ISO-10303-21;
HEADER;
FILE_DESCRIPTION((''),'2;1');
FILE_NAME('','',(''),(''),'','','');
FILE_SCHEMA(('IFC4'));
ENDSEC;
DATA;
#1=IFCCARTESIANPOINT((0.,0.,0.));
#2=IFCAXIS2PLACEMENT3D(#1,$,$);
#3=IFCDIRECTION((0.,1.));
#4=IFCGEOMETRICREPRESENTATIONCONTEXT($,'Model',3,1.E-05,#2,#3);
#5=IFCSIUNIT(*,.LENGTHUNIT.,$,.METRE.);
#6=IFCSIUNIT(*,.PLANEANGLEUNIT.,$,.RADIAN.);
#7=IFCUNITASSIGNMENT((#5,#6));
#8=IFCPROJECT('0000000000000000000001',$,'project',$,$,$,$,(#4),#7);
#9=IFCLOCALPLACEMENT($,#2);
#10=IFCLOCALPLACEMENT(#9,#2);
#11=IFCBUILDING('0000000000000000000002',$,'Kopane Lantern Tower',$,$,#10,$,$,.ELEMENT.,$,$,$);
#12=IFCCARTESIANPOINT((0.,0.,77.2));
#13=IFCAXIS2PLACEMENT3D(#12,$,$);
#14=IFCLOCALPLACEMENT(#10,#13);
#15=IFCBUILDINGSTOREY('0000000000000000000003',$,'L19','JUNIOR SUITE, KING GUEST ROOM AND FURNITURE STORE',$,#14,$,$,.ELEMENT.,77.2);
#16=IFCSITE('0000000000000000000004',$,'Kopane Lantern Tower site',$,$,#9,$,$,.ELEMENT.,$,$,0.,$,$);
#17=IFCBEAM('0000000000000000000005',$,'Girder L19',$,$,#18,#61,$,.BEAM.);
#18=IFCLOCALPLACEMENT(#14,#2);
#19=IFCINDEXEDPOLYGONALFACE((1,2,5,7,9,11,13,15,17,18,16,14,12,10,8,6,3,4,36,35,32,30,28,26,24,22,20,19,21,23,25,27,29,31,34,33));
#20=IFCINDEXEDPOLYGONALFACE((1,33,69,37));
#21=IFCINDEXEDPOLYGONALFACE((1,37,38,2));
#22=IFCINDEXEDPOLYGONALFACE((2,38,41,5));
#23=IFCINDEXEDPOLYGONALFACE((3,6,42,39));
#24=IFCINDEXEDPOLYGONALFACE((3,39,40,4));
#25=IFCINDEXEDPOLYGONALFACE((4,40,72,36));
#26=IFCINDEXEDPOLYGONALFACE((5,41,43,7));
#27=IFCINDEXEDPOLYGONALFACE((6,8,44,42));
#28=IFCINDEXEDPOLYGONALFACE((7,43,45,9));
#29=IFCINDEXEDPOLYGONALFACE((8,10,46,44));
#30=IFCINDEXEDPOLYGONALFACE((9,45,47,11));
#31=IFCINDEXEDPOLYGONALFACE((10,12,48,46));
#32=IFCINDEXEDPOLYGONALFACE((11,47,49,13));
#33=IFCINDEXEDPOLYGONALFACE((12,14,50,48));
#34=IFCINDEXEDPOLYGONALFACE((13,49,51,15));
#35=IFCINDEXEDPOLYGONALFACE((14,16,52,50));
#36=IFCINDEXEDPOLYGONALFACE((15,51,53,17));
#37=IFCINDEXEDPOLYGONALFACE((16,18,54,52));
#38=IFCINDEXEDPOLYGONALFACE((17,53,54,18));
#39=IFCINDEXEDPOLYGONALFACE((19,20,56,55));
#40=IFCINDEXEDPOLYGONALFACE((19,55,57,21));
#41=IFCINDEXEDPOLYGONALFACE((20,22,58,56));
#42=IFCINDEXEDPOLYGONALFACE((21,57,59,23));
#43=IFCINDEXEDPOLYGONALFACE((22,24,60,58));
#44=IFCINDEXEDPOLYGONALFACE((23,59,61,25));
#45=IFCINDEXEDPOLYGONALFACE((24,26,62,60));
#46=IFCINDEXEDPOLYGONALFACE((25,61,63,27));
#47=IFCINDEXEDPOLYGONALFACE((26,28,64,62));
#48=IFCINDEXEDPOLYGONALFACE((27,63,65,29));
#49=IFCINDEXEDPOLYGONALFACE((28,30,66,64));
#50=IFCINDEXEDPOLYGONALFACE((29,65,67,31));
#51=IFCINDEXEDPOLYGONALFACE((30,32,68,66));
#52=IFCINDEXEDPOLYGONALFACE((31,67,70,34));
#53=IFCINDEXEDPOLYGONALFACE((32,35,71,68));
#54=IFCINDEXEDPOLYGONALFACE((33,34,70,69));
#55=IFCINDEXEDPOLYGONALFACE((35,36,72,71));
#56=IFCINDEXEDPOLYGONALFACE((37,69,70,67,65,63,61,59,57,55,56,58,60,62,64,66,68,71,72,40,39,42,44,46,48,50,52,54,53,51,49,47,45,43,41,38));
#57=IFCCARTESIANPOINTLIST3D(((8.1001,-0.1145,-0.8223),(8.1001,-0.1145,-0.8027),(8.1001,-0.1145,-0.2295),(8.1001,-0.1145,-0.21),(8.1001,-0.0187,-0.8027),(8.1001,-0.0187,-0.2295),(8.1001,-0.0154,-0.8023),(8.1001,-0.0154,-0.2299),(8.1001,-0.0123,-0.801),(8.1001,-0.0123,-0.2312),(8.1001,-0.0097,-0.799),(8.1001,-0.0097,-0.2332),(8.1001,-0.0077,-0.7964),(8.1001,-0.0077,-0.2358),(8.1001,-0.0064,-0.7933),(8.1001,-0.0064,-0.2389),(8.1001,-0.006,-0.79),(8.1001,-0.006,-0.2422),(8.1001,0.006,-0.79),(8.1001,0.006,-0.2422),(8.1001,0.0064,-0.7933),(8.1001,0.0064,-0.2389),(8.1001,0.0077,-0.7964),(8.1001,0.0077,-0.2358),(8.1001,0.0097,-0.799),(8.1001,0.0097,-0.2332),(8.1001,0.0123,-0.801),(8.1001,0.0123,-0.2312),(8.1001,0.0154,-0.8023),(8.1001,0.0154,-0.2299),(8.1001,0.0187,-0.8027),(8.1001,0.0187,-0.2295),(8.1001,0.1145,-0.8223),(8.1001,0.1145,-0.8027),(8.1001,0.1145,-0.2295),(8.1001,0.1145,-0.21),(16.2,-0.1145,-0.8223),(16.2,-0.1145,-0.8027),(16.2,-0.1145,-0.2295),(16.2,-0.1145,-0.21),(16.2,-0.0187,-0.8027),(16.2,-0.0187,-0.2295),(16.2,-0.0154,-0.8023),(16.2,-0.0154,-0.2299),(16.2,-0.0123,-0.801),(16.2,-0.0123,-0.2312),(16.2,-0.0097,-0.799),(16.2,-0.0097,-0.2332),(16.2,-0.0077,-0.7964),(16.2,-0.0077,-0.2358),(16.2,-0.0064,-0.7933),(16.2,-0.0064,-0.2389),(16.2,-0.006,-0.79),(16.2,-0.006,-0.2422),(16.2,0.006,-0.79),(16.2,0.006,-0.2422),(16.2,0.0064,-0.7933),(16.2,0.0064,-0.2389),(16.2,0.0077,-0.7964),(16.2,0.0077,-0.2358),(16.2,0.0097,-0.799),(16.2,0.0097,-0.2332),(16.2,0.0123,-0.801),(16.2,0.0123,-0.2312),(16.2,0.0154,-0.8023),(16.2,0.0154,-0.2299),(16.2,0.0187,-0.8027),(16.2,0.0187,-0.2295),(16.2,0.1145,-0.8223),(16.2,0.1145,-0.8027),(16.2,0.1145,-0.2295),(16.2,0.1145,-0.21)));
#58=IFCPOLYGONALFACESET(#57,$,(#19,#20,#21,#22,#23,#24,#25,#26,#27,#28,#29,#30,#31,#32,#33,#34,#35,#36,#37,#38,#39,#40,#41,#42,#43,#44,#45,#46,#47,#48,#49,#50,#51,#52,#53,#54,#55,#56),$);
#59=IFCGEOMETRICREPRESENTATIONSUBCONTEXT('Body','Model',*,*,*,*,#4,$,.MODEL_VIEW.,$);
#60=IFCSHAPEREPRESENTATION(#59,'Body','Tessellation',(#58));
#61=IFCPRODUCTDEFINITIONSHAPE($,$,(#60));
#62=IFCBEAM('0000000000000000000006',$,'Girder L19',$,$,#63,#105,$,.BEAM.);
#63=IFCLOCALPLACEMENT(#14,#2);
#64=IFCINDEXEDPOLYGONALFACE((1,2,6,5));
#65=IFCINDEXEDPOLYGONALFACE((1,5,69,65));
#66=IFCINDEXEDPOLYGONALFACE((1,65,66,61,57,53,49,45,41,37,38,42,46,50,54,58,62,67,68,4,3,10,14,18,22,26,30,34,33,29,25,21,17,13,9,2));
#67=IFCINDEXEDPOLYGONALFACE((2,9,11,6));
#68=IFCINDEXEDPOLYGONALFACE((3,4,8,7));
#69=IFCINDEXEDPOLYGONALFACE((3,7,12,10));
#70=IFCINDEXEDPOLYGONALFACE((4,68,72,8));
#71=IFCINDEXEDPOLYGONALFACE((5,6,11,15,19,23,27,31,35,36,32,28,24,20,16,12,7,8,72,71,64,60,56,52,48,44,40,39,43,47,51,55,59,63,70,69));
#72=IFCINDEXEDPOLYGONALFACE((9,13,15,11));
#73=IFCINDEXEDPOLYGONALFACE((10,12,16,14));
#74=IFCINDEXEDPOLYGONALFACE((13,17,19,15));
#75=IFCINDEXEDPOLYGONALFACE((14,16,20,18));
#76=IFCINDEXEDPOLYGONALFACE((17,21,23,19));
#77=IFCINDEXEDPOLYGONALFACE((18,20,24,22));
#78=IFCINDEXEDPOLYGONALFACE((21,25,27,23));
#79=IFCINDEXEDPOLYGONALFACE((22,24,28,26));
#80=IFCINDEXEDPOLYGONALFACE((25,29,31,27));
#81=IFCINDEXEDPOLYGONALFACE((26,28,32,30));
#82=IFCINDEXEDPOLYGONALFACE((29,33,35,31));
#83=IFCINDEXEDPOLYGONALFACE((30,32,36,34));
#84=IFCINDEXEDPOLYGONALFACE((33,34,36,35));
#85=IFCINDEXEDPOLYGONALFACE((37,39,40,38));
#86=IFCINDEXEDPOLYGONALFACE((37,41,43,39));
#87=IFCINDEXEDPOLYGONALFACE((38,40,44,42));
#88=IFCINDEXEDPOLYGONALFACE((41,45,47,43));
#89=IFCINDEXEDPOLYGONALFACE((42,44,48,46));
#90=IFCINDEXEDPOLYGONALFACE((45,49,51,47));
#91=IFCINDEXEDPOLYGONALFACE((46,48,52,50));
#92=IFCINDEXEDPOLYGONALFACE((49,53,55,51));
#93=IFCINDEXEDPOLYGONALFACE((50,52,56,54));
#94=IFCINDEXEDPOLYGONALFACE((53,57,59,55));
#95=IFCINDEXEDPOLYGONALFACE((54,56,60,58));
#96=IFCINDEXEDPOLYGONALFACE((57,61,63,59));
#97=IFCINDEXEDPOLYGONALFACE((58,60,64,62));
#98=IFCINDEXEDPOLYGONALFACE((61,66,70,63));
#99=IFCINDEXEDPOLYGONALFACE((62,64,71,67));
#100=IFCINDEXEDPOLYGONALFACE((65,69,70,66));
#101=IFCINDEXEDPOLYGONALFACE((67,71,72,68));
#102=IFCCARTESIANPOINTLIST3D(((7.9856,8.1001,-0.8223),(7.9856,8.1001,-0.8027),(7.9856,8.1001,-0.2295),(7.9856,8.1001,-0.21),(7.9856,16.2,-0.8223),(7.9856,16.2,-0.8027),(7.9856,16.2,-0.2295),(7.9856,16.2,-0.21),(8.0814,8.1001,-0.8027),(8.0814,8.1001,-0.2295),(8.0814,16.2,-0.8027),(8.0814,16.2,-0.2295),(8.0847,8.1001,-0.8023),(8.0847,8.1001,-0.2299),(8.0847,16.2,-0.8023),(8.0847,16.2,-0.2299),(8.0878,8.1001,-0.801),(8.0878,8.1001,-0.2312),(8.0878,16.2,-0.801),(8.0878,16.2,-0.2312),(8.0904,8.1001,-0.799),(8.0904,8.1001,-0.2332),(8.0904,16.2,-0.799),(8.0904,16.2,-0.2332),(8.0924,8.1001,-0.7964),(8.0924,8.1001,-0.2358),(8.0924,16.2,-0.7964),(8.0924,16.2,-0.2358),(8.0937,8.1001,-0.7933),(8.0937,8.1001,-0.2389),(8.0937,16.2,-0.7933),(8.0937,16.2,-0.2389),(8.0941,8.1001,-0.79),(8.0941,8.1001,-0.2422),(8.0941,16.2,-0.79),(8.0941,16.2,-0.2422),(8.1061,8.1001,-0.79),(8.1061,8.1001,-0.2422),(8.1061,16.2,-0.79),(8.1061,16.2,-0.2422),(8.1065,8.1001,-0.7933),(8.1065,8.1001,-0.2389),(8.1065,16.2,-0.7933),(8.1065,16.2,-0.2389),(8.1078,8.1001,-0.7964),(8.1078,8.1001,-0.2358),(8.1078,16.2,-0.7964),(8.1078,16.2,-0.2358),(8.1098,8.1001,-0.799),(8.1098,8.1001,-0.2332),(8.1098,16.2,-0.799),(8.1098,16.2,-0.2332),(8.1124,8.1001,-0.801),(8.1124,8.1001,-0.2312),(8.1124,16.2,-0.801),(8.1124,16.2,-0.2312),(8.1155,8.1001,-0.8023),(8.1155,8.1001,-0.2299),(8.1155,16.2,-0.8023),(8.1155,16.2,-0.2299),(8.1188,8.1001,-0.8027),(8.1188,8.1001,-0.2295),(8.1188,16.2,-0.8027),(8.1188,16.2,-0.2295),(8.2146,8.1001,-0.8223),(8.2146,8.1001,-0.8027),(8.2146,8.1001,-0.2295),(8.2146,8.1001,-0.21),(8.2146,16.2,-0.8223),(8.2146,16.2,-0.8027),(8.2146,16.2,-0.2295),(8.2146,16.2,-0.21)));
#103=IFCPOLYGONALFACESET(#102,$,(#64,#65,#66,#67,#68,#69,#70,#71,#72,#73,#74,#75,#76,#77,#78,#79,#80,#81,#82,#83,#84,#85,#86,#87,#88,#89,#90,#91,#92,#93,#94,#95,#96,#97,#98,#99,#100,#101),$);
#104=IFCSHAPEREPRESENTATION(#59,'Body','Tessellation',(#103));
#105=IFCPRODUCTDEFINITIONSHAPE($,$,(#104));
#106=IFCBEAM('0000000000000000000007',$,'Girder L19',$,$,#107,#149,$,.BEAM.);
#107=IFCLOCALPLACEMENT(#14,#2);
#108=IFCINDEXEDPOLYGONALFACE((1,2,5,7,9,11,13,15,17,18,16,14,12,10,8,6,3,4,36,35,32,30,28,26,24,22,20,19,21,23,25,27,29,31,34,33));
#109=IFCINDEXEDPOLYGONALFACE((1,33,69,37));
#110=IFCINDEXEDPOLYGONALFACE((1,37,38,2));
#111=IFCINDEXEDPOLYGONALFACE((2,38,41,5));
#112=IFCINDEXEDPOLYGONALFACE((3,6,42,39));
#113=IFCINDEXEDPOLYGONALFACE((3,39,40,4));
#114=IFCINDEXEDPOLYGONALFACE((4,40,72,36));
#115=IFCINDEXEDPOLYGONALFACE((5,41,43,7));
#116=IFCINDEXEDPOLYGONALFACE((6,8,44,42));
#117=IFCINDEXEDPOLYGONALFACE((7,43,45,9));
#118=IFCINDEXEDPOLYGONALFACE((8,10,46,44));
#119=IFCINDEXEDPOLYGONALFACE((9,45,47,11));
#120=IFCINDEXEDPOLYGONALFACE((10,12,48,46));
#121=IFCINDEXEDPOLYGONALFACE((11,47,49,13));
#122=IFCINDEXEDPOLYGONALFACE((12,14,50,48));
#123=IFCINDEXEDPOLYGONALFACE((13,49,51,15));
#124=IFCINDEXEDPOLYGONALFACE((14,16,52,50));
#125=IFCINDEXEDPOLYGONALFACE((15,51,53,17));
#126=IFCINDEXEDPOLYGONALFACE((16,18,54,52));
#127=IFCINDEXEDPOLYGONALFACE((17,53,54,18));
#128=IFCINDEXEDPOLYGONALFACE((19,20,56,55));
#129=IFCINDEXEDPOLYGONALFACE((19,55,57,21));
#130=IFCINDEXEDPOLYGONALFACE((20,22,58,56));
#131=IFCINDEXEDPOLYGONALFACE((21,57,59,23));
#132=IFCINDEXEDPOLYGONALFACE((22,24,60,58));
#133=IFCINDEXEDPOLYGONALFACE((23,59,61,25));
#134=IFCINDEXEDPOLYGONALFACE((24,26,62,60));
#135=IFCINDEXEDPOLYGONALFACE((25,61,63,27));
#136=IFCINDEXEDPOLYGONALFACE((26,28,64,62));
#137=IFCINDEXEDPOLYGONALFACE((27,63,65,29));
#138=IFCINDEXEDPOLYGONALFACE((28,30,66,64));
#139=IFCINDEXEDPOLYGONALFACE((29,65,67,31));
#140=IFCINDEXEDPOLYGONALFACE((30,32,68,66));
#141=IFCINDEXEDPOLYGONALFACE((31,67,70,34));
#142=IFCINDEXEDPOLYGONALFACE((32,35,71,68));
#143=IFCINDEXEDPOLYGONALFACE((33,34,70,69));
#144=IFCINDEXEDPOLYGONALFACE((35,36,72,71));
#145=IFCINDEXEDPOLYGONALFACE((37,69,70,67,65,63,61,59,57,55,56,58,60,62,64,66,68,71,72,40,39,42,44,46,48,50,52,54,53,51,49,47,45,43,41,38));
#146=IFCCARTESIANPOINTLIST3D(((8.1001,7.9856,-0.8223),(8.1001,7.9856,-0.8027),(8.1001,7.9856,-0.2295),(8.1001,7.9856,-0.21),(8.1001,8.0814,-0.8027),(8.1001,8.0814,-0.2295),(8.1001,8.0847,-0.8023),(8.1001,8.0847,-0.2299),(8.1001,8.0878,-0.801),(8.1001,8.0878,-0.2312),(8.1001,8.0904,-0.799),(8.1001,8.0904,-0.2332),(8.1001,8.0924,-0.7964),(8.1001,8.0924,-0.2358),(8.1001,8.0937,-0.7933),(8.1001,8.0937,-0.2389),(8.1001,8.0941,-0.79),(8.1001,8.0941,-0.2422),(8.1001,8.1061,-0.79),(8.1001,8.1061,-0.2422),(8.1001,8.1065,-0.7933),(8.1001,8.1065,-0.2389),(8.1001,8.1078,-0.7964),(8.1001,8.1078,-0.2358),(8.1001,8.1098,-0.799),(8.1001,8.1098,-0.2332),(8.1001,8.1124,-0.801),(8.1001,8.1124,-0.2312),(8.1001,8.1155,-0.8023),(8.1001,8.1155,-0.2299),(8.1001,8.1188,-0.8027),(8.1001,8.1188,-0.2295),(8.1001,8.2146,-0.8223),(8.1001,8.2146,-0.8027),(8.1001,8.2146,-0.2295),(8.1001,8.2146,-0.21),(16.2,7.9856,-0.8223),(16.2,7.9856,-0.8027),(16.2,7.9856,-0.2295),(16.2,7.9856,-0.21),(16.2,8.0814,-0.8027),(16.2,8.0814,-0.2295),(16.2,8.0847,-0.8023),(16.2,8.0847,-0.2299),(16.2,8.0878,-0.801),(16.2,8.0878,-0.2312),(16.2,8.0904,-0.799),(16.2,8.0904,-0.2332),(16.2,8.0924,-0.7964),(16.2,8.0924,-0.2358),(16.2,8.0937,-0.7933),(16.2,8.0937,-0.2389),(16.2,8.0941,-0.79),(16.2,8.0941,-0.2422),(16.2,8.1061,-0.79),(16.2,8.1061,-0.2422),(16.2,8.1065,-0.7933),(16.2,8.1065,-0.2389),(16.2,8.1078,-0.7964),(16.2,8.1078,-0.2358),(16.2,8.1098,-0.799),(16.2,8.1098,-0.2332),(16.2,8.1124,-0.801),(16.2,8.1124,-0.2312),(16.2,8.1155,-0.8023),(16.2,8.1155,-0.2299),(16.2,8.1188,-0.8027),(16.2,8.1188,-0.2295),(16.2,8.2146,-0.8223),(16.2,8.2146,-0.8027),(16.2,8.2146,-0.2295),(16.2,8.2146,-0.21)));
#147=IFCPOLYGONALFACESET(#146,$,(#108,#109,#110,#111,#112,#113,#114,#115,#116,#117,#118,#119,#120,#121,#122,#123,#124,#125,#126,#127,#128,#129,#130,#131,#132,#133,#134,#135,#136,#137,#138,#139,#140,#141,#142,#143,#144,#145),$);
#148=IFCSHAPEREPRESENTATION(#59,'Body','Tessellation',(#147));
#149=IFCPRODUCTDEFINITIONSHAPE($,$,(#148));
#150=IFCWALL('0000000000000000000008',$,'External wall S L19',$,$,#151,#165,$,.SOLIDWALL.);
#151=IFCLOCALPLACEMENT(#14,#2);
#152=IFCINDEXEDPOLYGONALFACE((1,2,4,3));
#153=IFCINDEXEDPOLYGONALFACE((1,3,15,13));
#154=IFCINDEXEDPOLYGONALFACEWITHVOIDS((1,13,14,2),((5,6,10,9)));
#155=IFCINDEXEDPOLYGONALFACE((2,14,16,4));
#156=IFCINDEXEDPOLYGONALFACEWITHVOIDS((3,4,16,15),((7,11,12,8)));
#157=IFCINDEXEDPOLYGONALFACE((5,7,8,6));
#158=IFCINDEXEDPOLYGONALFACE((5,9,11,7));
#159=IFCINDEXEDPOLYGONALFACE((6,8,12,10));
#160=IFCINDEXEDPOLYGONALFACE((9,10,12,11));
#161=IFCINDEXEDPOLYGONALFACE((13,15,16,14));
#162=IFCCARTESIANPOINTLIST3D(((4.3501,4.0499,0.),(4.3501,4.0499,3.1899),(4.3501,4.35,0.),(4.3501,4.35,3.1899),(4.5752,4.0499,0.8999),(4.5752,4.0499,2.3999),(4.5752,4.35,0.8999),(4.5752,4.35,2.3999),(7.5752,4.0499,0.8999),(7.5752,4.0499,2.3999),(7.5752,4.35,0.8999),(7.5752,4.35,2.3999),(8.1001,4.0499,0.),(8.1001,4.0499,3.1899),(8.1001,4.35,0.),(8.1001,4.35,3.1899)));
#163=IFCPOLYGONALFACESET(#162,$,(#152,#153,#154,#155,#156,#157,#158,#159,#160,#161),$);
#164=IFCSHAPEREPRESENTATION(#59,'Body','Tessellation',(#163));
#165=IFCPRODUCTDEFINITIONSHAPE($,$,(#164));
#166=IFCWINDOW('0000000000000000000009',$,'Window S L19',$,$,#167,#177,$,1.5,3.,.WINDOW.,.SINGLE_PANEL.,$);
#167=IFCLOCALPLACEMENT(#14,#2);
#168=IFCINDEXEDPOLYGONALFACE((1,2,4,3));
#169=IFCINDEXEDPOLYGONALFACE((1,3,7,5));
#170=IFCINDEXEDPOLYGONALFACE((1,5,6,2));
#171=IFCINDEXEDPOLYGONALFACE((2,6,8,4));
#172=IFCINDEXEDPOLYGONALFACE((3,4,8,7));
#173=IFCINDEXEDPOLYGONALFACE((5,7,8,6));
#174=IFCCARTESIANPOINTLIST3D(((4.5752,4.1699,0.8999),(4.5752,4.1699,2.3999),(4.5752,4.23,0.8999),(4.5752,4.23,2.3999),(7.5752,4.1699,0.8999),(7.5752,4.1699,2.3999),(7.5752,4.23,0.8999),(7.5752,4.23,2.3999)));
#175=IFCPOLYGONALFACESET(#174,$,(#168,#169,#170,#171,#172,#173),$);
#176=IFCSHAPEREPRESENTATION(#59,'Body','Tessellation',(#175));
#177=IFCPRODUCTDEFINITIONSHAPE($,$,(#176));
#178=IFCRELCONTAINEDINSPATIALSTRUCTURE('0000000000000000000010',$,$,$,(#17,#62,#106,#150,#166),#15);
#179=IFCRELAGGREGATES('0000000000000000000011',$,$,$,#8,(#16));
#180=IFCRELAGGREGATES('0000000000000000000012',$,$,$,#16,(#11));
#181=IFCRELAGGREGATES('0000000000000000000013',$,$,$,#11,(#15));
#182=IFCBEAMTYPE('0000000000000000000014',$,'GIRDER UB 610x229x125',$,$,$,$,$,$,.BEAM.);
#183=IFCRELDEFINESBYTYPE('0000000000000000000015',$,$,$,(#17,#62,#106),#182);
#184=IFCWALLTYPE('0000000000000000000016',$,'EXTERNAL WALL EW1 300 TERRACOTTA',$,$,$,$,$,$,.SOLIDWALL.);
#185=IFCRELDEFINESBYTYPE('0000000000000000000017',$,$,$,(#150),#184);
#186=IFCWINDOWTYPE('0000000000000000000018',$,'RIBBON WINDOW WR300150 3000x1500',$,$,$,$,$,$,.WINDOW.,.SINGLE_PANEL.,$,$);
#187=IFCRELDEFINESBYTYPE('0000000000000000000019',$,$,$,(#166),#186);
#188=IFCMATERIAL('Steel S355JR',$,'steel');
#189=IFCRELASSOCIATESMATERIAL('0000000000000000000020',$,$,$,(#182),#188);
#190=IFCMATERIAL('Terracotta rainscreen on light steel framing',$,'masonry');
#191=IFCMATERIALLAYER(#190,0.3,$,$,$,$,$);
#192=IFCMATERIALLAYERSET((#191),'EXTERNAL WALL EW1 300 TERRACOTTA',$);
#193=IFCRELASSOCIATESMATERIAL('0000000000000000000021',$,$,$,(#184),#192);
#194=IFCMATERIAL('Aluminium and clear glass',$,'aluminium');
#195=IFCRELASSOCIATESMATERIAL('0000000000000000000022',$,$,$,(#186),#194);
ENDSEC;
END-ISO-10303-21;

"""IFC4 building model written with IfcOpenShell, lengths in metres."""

from ifc_helpers import new_model, si_unit, direction, frame, frame_2d, origin, origin_2d, place, context, subcontext, project, spatial, rectangle, i_section, extrude, material, layer, layer_set, material_profile, profile_set, type_object, element, fill, save


model = new_model("IFC4")

# Units and contexts
model_context = context("Model", 3, precision=1e-05, world=origin(), true_north=direction((0.0, 1.0)))
body_context = subcontext(model_context, "Body", "Model", "MODEL_VIEW")
ifc_project = project(units=[si_unit("LENGTHUNIT", "METRE"), si_unit("PLANEANGLEUNIT", "RADIAN")], contexts=[model_context])

# Site, building, storey
site_placement = place(None, origin())
site = spatial("IfcSite", under=ifc_project, at=site_placement, Name="Kopane Lantern Tower site", CompositionType="ELEMENT", RefElevation=0.0)
building_placement = place(site_placement, origin())
building = spatial("IfcBuilding", under=site, at=building_placement, Name="Kopane Lantern Tower", CompositionType="ELEMENT")
storey_placement = place(building_placement, frame((0.0, 0.0, 77.2)))
storey = spatial("IfcBuildingStorey", under=building, at=storey_placement, Name="L19", Description="JUNIOR SUITE, KING GUEST ROOM AND FURNITURE STORE", CompositionType="ELEMENT", Elevation=77.2)

# Beams
ifc_material_1 = material(Name="Steel S355JR", Category="steel")
ifc_material_profile_1 = material_profile(ifc_material_1, i_section(OverallWidth=0.229, OverallDepth=0.6123, WebThickness=0.012, FlangeThickness=0.0195, FilletRadius=0.0127, at=origin_2d()), Name="UB 610x229x125")
ifc_profile_set_1 = profile_set([ifc_material_profile_1], Name="Steel S355JR")
beam_type_1 = type_object("IfcBeamType", Name="GIRDER UB 610x229x125", PredefinedType="BEAM", material=ifc_profile_set_1)
for number, where, z_axis, x_axis, name in (
    (1, (8.1001, 0.0, -0.5161), (1.0, 0.0, 0.0), (0.0, 1.0, 0.0), "Girder L19"),
    (2, (8.1001, 8.1001, -0.5161), (0.0, 1.0, 0.0), (-1.0, 0.0, 0.0), "Girder L19"),
    (3, (8.1001, 8.1001, -0.5161), (1.0, 0.0, 0.0), (0.0, 1.0, 0.0), "Girder L19"),
):
    element("IfcBeam", number, at=place(storey_placement, frame(where, z_axis=z_axis, x_axis=x_axis)), inside=storey, type_object=beam_type_1, Name=name, PredefinedType="BEAM", context=body_context, shape_type="SweptSolid", body=[
        extrude(i_section(OverallWidth=0.229, OverallDepth=0.6123, WebThickness=0.012, FlangeThickness=0.0195, FilletRadius=0.0127, at=origin_2d()), origin(), (0.0, 0.0, 1.0), 8.0999),
    ])

# Shared definitions
ifc_material_2 = material(Name="Terracotta rainscreen on light steel framing", Category="masonry")
ifc_layer = layer(ifc_material_2, 0.3)
ifc_layer_set = layer_set([ifc_layer], Name="EXTERNAL WALL EW1 300 TERRACOTTA")
wall_type = type_object("IfcWallType", Name="EXTERNAL WALL EW1 300 TERRACOTTA", PredefinedType="SOLIDWALL", material=ifc_layer_set)
ifc_material_3 = material(Name="Aluminium and clear glass", Category="aluminium")
window_type = type_object("IfcWindowType", Name="RIBBON WINDOW WR300150 3000x1500", PartitioningType="SINGLE_PANEL", PredefinedType="WINDOW", material=ifc_material_3)

# Wall, opening, window
wall_1_placement = place(storey_placement, frame((4.3501, 4.2, 0.0), z_axis=(0.0, 0.0, 1.0), x_axis=(1.0, 0.0, 0.0)))
wall_1 = element("IfcWall", 4, at=wall_1_placement, inside=storey, type_object=wall_type, Name="External wall S L19", PredefinedType="SOLIDWALL", context=body_context, shape_type="SweptSolid", body=[
    extrude(rectangle(XDim=3.75, YDim=0.3, at=frame_2d((1.875, 0.0))), origin(), (0.0, 0.0, 1.0), 3.1899),
])
opening_1_placement = place(wall_1_placement, frame((0.2251, 0.0, 0.8999)))
opening_1 = element("IfcOpeningElement", 5, at=opening_1_placement, cuts=wall_1, PredefinedType="OPENING", context=body_context, shape_type="SweptSolid", body=[
    extrude(rectangle(XDim=3.0, YDim=1.5, at=frame_2d((1.5, 0.75))), frame((0.0, 0.1599, 0.0), z_axis=(0.0, -1.0, 0.0), x_axis=(1.0, 0.0, 0.0)), (0.0, 0.0, 1.0), 0.3201),
])
window_1_placement = place(opening_1_placement, origin())
window_1 = element("IfcWindow", 6, at=window_1_placement, inside=storey, type_object=window_type, Name="Window S L19", OverallHeight=1.5, OverallWidth=3.0, PartitioningType="SINGLE_PANEL", PredefinedType="WINDOW", context=body_context, shape_type="SweptSolid", body=[
    extrude(rectangle(XDim=3.0, YDim=1.5, at=frame_2d((1.5, 0.75))), frame((0.0, 0.03, 0.0), z_axis=(0.0, -1.0, 0.0), x_axis=(1.0, 0.0, 0.0)), (0.0, 0.0, 1.0), 0.0601),
])
fill(opening_1, window_1)

save(model, "model.ifc")
